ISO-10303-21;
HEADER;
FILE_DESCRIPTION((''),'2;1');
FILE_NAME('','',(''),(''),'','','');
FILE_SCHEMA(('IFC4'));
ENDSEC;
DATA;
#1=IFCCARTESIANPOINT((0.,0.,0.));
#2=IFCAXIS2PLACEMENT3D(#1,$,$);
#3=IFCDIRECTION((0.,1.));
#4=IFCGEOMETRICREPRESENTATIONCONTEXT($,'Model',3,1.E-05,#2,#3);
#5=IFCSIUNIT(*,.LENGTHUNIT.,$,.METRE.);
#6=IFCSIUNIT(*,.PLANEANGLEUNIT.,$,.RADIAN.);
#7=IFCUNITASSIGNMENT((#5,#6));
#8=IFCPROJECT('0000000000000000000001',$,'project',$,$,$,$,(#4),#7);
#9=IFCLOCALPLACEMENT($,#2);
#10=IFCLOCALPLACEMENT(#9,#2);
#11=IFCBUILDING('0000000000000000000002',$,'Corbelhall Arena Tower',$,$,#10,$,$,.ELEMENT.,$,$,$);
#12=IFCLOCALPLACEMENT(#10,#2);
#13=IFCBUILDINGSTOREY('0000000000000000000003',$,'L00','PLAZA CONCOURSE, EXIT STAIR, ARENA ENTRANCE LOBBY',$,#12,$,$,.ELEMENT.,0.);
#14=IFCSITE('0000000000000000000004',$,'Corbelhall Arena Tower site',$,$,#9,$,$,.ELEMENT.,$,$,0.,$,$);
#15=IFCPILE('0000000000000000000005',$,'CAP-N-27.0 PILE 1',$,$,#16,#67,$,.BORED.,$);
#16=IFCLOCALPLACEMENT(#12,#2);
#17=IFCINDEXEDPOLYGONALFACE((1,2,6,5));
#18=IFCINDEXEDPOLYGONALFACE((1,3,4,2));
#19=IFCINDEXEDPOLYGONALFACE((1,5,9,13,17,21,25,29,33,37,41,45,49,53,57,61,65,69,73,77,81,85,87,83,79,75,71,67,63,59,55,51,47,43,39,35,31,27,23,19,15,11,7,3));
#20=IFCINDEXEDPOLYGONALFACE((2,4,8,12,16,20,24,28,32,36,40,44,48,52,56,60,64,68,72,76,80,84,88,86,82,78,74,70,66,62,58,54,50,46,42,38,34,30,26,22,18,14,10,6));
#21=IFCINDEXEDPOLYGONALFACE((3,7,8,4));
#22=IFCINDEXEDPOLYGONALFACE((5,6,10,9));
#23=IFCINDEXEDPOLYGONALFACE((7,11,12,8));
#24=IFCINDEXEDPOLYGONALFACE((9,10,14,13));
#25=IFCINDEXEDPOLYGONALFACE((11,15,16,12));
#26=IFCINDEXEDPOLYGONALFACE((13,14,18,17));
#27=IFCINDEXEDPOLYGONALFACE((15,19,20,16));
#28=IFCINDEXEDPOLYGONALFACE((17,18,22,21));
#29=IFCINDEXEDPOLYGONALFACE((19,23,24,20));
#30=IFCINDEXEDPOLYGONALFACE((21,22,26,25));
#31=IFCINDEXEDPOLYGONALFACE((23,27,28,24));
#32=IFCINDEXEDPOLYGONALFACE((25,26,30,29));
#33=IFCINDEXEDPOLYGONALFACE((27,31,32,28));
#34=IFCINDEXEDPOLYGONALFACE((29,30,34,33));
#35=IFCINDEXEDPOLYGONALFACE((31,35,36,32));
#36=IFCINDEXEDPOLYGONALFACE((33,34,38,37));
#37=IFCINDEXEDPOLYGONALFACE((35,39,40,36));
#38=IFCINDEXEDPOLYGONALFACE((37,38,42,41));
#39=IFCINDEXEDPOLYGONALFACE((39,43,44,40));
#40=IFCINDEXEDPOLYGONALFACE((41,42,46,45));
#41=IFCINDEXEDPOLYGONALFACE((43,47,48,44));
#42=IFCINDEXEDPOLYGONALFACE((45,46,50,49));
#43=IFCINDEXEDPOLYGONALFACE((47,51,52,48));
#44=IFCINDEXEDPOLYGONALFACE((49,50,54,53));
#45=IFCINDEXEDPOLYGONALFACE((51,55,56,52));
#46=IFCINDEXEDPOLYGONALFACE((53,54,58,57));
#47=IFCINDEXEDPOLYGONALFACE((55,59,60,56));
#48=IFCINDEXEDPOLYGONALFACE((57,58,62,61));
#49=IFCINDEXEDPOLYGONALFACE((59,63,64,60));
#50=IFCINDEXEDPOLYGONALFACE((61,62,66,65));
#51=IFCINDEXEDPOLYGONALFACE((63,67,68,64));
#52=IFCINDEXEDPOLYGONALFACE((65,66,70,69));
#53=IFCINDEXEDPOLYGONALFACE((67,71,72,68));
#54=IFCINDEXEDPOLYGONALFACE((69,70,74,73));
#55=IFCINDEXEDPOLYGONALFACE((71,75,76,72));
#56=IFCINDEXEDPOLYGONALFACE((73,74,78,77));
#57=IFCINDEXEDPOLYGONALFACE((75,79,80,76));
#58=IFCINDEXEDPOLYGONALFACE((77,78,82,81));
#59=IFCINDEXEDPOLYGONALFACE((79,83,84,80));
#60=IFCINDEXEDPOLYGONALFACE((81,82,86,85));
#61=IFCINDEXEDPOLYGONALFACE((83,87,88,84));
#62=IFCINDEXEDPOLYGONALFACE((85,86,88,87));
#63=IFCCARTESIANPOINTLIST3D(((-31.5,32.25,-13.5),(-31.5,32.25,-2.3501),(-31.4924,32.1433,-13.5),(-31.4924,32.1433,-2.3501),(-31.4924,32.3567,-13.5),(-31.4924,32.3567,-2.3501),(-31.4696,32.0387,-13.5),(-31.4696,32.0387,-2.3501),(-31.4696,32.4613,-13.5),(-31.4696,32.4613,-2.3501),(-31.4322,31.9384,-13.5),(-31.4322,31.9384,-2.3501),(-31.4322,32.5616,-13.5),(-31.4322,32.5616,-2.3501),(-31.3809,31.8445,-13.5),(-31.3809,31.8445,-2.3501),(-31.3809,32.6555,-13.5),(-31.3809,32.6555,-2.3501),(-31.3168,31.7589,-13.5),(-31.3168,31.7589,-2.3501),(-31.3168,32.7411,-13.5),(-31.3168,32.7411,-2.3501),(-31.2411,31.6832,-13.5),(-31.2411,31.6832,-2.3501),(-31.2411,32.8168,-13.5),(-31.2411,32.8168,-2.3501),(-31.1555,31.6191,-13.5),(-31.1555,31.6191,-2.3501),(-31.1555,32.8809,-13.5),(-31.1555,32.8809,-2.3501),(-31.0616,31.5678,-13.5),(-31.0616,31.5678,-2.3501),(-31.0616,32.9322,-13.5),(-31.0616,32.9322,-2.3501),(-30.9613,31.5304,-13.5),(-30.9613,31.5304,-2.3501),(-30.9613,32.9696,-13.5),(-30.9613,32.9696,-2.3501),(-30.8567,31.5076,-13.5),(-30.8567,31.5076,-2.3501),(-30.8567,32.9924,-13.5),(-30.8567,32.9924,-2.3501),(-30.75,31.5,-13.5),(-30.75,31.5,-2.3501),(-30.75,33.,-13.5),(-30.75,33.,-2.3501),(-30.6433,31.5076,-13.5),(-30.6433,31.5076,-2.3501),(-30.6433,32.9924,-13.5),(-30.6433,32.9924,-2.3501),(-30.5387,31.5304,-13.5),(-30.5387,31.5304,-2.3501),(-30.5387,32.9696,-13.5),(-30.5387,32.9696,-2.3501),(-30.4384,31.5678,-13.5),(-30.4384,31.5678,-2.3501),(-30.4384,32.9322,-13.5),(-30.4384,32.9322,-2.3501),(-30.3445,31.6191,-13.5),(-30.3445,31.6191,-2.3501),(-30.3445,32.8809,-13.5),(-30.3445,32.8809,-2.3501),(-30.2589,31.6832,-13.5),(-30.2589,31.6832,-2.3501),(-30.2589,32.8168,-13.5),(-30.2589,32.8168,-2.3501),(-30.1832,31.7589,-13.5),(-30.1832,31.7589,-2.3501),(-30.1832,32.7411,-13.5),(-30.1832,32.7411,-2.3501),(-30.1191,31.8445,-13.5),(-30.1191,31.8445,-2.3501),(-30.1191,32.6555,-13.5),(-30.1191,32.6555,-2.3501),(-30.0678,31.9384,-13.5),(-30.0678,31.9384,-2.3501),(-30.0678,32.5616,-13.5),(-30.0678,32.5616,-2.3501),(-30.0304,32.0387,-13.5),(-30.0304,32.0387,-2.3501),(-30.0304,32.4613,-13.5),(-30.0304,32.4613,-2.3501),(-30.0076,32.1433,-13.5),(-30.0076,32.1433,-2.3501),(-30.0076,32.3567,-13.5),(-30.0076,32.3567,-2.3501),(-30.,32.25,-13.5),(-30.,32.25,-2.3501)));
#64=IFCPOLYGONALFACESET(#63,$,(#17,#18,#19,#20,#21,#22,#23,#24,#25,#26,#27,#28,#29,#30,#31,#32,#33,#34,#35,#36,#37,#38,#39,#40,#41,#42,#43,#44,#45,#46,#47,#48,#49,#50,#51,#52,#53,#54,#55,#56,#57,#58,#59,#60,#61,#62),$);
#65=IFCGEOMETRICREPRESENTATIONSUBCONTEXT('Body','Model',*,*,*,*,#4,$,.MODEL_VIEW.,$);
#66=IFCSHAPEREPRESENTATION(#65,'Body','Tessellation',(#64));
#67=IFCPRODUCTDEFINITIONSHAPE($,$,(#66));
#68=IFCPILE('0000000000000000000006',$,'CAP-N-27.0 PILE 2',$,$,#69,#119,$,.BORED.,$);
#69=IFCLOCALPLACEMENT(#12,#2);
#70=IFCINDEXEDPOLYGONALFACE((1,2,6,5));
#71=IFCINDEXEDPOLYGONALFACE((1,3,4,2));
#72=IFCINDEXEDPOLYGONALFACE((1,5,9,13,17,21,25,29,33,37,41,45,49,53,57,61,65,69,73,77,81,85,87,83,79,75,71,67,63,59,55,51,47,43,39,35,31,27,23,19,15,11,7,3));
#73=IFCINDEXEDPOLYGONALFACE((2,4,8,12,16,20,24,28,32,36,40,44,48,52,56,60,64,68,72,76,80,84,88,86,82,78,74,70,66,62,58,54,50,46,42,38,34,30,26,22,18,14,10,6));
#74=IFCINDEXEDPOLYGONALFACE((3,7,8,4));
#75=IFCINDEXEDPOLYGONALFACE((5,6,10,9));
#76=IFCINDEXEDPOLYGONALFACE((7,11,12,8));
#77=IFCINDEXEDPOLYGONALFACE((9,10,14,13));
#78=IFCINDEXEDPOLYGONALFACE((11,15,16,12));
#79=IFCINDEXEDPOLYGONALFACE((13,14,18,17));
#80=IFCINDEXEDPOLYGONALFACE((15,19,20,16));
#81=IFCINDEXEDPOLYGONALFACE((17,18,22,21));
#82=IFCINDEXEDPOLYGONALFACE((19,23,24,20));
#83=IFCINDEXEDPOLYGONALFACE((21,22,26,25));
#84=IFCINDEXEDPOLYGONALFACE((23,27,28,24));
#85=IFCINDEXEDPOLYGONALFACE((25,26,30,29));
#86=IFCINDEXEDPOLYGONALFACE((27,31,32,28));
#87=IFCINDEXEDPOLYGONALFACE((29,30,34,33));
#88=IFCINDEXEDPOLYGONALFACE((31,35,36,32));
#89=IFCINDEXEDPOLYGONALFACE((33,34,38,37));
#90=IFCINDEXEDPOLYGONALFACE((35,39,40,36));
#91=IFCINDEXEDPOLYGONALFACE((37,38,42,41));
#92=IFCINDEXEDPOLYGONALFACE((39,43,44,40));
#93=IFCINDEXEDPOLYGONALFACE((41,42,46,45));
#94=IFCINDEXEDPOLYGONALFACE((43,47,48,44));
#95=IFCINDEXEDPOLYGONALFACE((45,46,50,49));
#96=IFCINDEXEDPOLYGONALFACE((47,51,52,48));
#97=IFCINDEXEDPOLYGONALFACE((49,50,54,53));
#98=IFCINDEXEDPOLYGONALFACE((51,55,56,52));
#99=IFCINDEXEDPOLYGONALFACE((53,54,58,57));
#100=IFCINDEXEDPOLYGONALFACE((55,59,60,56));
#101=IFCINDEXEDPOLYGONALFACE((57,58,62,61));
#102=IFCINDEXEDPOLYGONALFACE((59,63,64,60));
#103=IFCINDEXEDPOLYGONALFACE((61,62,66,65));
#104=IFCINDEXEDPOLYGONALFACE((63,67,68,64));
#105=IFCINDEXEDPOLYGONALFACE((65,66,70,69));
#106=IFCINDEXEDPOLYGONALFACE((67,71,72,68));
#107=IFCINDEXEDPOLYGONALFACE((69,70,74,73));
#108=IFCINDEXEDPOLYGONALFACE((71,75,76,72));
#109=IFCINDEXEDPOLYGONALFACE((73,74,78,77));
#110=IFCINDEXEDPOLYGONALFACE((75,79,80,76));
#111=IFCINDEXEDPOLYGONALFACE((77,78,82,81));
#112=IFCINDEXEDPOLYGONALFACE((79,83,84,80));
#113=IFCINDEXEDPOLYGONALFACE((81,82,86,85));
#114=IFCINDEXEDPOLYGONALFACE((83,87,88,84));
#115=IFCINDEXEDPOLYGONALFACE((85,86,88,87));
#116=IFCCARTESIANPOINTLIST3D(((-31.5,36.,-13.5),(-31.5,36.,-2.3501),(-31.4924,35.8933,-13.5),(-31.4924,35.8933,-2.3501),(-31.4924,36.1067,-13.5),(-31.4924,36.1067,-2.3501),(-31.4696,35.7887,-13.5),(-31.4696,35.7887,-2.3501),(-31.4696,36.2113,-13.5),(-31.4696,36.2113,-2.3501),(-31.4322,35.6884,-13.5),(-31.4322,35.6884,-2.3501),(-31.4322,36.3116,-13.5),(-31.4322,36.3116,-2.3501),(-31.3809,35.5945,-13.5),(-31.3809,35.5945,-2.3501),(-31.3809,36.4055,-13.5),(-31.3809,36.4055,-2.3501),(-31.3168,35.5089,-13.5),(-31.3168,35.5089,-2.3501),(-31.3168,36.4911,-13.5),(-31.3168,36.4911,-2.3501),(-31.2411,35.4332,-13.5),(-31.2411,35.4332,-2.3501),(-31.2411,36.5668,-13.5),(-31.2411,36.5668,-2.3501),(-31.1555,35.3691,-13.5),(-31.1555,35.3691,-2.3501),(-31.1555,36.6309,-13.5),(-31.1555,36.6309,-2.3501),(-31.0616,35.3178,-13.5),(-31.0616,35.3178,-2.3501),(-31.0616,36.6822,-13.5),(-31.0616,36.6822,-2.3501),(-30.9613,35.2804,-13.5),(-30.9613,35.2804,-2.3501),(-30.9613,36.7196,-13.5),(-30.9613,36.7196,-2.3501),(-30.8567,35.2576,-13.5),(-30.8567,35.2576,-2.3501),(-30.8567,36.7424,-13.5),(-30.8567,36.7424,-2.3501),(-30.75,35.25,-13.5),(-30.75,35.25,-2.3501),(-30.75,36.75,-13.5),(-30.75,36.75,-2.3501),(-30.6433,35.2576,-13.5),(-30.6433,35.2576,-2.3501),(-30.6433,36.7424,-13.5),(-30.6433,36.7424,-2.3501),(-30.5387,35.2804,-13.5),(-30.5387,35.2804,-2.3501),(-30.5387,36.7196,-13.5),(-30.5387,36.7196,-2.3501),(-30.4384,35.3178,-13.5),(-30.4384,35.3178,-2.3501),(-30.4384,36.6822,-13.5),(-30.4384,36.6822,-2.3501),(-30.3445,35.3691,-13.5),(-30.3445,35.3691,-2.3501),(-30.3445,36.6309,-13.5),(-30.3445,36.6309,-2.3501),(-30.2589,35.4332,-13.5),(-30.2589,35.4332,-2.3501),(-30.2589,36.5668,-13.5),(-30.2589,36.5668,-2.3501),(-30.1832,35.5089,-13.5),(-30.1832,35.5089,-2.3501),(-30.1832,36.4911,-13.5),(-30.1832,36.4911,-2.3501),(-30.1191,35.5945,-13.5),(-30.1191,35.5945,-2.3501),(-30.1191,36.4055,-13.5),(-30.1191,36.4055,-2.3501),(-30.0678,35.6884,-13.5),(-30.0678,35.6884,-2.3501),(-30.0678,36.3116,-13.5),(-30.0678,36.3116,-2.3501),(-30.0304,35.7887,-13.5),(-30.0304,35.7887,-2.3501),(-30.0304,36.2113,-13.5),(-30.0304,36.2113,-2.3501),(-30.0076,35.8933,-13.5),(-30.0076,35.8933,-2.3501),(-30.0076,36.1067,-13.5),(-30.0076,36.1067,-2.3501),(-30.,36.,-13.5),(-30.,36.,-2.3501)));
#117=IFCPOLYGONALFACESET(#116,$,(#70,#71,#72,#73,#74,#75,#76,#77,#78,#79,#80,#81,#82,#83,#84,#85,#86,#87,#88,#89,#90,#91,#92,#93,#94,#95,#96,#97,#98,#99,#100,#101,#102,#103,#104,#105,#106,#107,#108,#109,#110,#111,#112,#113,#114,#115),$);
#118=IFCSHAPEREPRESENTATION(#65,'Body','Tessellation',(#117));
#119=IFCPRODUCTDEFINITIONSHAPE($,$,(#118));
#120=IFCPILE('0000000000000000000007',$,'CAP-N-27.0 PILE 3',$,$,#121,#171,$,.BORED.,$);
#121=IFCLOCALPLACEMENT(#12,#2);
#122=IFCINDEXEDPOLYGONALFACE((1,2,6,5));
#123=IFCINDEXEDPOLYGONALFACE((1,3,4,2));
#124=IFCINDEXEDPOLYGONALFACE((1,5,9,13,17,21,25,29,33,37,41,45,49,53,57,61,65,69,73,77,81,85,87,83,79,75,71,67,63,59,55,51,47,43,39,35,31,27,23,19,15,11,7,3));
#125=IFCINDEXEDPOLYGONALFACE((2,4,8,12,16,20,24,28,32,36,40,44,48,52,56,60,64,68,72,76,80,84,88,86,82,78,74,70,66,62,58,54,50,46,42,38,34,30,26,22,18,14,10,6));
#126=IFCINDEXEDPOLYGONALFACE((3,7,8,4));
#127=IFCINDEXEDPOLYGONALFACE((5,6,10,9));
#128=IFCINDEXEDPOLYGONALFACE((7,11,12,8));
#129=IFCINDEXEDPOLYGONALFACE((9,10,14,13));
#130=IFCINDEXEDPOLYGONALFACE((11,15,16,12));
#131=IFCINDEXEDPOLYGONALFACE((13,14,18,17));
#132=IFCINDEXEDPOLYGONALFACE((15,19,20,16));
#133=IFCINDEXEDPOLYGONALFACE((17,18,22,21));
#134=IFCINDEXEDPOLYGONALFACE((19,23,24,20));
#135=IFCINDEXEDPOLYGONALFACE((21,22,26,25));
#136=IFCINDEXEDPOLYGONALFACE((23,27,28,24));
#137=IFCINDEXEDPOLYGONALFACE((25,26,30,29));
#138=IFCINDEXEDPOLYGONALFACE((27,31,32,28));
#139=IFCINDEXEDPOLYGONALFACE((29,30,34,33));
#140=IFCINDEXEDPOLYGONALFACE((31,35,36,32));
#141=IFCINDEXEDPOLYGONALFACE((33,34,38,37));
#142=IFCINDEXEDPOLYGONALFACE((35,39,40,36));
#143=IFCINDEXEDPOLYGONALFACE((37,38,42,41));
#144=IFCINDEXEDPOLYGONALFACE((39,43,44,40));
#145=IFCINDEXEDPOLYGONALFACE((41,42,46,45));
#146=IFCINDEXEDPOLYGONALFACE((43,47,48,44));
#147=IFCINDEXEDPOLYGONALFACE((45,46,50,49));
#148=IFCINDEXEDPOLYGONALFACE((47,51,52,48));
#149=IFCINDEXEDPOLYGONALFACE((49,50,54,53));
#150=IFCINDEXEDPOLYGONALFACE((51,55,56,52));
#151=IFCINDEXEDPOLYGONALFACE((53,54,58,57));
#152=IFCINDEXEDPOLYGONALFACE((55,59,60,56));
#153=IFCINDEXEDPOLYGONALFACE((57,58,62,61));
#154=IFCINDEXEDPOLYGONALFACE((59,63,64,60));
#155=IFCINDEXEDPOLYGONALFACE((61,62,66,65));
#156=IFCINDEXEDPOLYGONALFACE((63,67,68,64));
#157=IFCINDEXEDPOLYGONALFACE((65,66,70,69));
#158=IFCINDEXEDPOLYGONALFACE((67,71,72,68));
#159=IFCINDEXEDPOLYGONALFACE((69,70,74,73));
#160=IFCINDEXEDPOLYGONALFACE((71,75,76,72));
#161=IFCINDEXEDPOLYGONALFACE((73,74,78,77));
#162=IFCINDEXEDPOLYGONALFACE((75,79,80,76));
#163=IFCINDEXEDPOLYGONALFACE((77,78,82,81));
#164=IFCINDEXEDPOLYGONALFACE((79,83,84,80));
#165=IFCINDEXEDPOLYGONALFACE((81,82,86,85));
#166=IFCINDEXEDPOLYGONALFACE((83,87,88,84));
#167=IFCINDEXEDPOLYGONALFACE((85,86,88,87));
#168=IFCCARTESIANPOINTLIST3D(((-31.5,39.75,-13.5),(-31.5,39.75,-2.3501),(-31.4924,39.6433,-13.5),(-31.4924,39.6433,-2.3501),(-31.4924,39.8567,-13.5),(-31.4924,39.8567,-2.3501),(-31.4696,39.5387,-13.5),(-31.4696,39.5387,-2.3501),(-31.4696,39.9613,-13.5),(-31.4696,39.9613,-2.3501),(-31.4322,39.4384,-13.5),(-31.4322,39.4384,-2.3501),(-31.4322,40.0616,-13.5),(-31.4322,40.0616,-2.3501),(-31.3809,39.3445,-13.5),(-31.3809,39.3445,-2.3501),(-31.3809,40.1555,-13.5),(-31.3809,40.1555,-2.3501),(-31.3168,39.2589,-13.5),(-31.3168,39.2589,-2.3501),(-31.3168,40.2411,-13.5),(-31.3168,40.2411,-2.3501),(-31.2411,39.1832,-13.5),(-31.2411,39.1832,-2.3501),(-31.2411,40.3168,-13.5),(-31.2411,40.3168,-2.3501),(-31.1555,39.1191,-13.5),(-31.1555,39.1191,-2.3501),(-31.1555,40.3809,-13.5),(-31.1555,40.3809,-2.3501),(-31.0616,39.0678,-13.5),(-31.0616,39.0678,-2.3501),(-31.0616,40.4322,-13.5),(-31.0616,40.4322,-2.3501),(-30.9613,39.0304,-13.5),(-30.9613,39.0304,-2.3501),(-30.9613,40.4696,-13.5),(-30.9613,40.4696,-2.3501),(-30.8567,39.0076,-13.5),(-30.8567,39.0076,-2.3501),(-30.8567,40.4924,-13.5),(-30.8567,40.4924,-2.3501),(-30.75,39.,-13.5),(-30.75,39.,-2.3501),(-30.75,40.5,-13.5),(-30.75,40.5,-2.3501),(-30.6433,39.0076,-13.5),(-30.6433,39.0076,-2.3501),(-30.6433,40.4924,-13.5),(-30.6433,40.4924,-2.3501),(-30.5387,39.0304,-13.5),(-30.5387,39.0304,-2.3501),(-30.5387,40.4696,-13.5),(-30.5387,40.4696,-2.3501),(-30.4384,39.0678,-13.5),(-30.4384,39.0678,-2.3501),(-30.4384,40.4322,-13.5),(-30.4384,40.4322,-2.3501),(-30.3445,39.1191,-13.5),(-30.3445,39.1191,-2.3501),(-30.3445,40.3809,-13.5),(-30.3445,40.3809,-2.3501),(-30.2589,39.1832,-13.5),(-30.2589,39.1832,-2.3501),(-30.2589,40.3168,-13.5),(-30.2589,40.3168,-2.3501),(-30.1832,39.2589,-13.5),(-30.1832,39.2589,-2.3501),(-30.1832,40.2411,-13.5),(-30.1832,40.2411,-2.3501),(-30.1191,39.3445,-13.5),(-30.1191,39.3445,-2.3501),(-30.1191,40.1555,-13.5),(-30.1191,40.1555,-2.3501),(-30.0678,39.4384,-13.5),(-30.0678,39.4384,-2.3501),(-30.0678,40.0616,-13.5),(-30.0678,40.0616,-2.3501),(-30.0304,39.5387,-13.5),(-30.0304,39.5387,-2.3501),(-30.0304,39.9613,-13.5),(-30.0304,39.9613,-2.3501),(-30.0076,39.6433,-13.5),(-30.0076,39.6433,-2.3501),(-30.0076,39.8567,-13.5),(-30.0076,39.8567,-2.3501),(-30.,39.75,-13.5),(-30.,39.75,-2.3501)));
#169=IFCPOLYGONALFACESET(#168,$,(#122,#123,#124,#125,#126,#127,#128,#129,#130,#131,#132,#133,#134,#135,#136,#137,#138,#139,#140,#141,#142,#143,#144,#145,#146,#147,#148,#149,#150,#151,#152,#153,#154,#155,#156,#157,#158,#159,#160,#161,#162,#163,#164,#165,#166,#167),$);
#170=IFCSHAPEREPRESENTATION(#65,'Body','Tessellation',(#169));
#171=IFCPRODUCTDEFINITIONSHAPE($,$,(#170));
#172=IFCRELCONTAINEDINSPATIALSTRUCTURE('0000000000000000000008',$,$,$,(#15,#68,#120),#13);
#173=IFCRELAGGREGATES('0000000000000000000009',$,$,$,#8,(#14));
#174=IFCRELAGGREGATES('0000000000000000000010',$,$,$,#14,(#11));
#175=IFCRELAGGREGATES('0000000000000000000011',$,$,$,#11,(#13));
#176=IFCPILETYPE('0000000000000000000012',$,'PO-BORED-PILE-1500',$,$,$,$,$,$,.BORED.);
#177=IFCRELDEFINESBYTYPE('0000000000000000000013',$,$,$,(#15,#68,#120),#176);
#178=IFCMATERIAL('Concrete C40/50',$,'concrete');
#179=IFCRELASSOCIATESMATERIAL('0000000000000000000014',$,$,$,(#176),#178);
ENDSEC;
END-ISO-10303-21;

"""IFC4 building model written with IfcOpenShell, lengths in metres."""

from ifc_helpers import new_model, si_unit, direction, frame, origin, origin_2d, place, context, subcontext, project, spatial, circle, extrude, material, material_profile, profile_set, type_object, element, save


model = new_model("IFC4")

# Units and contexts
model_context = context("Model", 3, precision=1e-05, world=origin(), true_north=direction((0.0, 1.0)))
body_context = subcontext(model_context, "Body", "Model", "MODEL_VIEW")
ifc_project = project(units=[si_unit("LENGTHUNIT", "METRE"), si_unit("PLANEANGLEUNIT", "RADIAN")], contexts=[model_context])

# Site, building, storey
site_placement = place(None, origin())
site = spatial("IfcSite", under=ifc_project, at=site_placement, Name="Corbelhall Arena Tower site", CompositionType="ELEMENT", RefElevation=0.0)
building_placement = place(site_placement, origin())
building = spatial("IfcBuilding", under=site, at=building_placement, Name="Corbelhall Arena Tower", CompositionType="ELEMENT")
storey_placement = place(building_placement, origin())
storey = spatial("IfcBuildingStorey", under=building, at=storey_placement, Name="L00", Description="PLAZA CONCOURSE, EXIT STAIR, ARENA ENTRANCE LOBBY", CompositionType="ELEMENT", Elevation=0.0)

# Piles
ifc_material_1 = material(Name="Concrete C40/50", Category="concrete")
ifc_material_profile_1 = material_profile(ifc_material_1, circle(Radius=0.75, at=origin_2d()))
ifc_profile_set_1 = profile_set([ifc_material_profile_1], Name="Concrete C40/50")
pile_type = type_object("IfcPileType", Name="PO-BORED-PILE-1500", PredefinedType="BORED", material=ifc_profile_set_1)
for number, where, z_axis, x_axis, name in (
    (1, (-30.75, 32.25, -2.3501), (0.0, 0.0, -1.0), (1.0, 0.0, 0.0), "CAP-N-27.0 PILE 1"),
    (2, (-30.75, 36.0, -2.3501), (0.0, 0.0, -1.0), (1.0, 0.0, 0.0), "CAP-N-27.0 PILE 2"),
    (3, (-30.75, 39.75, -2.3501), (0.0, 0.0, -1.0), (1.0, 0.0, 0.0), "CAP-N-27.0 PILE 3"),
):
    element("IfcPile", number, at=place(storey_placement, frame(where, z_axis=z_axis, x_axis=x_axis)), inside=storey, type_object=pile_type, Name=name, PredefinedType="BORED", context=body_context, shape_type="SweptSolid", body=[
        extrude(circle(Radius=0.75, at=origin_2d()), origin(), (0.0, 0.0, 1.0), 11.1499),
    ])

save(model, "model.ifc")
